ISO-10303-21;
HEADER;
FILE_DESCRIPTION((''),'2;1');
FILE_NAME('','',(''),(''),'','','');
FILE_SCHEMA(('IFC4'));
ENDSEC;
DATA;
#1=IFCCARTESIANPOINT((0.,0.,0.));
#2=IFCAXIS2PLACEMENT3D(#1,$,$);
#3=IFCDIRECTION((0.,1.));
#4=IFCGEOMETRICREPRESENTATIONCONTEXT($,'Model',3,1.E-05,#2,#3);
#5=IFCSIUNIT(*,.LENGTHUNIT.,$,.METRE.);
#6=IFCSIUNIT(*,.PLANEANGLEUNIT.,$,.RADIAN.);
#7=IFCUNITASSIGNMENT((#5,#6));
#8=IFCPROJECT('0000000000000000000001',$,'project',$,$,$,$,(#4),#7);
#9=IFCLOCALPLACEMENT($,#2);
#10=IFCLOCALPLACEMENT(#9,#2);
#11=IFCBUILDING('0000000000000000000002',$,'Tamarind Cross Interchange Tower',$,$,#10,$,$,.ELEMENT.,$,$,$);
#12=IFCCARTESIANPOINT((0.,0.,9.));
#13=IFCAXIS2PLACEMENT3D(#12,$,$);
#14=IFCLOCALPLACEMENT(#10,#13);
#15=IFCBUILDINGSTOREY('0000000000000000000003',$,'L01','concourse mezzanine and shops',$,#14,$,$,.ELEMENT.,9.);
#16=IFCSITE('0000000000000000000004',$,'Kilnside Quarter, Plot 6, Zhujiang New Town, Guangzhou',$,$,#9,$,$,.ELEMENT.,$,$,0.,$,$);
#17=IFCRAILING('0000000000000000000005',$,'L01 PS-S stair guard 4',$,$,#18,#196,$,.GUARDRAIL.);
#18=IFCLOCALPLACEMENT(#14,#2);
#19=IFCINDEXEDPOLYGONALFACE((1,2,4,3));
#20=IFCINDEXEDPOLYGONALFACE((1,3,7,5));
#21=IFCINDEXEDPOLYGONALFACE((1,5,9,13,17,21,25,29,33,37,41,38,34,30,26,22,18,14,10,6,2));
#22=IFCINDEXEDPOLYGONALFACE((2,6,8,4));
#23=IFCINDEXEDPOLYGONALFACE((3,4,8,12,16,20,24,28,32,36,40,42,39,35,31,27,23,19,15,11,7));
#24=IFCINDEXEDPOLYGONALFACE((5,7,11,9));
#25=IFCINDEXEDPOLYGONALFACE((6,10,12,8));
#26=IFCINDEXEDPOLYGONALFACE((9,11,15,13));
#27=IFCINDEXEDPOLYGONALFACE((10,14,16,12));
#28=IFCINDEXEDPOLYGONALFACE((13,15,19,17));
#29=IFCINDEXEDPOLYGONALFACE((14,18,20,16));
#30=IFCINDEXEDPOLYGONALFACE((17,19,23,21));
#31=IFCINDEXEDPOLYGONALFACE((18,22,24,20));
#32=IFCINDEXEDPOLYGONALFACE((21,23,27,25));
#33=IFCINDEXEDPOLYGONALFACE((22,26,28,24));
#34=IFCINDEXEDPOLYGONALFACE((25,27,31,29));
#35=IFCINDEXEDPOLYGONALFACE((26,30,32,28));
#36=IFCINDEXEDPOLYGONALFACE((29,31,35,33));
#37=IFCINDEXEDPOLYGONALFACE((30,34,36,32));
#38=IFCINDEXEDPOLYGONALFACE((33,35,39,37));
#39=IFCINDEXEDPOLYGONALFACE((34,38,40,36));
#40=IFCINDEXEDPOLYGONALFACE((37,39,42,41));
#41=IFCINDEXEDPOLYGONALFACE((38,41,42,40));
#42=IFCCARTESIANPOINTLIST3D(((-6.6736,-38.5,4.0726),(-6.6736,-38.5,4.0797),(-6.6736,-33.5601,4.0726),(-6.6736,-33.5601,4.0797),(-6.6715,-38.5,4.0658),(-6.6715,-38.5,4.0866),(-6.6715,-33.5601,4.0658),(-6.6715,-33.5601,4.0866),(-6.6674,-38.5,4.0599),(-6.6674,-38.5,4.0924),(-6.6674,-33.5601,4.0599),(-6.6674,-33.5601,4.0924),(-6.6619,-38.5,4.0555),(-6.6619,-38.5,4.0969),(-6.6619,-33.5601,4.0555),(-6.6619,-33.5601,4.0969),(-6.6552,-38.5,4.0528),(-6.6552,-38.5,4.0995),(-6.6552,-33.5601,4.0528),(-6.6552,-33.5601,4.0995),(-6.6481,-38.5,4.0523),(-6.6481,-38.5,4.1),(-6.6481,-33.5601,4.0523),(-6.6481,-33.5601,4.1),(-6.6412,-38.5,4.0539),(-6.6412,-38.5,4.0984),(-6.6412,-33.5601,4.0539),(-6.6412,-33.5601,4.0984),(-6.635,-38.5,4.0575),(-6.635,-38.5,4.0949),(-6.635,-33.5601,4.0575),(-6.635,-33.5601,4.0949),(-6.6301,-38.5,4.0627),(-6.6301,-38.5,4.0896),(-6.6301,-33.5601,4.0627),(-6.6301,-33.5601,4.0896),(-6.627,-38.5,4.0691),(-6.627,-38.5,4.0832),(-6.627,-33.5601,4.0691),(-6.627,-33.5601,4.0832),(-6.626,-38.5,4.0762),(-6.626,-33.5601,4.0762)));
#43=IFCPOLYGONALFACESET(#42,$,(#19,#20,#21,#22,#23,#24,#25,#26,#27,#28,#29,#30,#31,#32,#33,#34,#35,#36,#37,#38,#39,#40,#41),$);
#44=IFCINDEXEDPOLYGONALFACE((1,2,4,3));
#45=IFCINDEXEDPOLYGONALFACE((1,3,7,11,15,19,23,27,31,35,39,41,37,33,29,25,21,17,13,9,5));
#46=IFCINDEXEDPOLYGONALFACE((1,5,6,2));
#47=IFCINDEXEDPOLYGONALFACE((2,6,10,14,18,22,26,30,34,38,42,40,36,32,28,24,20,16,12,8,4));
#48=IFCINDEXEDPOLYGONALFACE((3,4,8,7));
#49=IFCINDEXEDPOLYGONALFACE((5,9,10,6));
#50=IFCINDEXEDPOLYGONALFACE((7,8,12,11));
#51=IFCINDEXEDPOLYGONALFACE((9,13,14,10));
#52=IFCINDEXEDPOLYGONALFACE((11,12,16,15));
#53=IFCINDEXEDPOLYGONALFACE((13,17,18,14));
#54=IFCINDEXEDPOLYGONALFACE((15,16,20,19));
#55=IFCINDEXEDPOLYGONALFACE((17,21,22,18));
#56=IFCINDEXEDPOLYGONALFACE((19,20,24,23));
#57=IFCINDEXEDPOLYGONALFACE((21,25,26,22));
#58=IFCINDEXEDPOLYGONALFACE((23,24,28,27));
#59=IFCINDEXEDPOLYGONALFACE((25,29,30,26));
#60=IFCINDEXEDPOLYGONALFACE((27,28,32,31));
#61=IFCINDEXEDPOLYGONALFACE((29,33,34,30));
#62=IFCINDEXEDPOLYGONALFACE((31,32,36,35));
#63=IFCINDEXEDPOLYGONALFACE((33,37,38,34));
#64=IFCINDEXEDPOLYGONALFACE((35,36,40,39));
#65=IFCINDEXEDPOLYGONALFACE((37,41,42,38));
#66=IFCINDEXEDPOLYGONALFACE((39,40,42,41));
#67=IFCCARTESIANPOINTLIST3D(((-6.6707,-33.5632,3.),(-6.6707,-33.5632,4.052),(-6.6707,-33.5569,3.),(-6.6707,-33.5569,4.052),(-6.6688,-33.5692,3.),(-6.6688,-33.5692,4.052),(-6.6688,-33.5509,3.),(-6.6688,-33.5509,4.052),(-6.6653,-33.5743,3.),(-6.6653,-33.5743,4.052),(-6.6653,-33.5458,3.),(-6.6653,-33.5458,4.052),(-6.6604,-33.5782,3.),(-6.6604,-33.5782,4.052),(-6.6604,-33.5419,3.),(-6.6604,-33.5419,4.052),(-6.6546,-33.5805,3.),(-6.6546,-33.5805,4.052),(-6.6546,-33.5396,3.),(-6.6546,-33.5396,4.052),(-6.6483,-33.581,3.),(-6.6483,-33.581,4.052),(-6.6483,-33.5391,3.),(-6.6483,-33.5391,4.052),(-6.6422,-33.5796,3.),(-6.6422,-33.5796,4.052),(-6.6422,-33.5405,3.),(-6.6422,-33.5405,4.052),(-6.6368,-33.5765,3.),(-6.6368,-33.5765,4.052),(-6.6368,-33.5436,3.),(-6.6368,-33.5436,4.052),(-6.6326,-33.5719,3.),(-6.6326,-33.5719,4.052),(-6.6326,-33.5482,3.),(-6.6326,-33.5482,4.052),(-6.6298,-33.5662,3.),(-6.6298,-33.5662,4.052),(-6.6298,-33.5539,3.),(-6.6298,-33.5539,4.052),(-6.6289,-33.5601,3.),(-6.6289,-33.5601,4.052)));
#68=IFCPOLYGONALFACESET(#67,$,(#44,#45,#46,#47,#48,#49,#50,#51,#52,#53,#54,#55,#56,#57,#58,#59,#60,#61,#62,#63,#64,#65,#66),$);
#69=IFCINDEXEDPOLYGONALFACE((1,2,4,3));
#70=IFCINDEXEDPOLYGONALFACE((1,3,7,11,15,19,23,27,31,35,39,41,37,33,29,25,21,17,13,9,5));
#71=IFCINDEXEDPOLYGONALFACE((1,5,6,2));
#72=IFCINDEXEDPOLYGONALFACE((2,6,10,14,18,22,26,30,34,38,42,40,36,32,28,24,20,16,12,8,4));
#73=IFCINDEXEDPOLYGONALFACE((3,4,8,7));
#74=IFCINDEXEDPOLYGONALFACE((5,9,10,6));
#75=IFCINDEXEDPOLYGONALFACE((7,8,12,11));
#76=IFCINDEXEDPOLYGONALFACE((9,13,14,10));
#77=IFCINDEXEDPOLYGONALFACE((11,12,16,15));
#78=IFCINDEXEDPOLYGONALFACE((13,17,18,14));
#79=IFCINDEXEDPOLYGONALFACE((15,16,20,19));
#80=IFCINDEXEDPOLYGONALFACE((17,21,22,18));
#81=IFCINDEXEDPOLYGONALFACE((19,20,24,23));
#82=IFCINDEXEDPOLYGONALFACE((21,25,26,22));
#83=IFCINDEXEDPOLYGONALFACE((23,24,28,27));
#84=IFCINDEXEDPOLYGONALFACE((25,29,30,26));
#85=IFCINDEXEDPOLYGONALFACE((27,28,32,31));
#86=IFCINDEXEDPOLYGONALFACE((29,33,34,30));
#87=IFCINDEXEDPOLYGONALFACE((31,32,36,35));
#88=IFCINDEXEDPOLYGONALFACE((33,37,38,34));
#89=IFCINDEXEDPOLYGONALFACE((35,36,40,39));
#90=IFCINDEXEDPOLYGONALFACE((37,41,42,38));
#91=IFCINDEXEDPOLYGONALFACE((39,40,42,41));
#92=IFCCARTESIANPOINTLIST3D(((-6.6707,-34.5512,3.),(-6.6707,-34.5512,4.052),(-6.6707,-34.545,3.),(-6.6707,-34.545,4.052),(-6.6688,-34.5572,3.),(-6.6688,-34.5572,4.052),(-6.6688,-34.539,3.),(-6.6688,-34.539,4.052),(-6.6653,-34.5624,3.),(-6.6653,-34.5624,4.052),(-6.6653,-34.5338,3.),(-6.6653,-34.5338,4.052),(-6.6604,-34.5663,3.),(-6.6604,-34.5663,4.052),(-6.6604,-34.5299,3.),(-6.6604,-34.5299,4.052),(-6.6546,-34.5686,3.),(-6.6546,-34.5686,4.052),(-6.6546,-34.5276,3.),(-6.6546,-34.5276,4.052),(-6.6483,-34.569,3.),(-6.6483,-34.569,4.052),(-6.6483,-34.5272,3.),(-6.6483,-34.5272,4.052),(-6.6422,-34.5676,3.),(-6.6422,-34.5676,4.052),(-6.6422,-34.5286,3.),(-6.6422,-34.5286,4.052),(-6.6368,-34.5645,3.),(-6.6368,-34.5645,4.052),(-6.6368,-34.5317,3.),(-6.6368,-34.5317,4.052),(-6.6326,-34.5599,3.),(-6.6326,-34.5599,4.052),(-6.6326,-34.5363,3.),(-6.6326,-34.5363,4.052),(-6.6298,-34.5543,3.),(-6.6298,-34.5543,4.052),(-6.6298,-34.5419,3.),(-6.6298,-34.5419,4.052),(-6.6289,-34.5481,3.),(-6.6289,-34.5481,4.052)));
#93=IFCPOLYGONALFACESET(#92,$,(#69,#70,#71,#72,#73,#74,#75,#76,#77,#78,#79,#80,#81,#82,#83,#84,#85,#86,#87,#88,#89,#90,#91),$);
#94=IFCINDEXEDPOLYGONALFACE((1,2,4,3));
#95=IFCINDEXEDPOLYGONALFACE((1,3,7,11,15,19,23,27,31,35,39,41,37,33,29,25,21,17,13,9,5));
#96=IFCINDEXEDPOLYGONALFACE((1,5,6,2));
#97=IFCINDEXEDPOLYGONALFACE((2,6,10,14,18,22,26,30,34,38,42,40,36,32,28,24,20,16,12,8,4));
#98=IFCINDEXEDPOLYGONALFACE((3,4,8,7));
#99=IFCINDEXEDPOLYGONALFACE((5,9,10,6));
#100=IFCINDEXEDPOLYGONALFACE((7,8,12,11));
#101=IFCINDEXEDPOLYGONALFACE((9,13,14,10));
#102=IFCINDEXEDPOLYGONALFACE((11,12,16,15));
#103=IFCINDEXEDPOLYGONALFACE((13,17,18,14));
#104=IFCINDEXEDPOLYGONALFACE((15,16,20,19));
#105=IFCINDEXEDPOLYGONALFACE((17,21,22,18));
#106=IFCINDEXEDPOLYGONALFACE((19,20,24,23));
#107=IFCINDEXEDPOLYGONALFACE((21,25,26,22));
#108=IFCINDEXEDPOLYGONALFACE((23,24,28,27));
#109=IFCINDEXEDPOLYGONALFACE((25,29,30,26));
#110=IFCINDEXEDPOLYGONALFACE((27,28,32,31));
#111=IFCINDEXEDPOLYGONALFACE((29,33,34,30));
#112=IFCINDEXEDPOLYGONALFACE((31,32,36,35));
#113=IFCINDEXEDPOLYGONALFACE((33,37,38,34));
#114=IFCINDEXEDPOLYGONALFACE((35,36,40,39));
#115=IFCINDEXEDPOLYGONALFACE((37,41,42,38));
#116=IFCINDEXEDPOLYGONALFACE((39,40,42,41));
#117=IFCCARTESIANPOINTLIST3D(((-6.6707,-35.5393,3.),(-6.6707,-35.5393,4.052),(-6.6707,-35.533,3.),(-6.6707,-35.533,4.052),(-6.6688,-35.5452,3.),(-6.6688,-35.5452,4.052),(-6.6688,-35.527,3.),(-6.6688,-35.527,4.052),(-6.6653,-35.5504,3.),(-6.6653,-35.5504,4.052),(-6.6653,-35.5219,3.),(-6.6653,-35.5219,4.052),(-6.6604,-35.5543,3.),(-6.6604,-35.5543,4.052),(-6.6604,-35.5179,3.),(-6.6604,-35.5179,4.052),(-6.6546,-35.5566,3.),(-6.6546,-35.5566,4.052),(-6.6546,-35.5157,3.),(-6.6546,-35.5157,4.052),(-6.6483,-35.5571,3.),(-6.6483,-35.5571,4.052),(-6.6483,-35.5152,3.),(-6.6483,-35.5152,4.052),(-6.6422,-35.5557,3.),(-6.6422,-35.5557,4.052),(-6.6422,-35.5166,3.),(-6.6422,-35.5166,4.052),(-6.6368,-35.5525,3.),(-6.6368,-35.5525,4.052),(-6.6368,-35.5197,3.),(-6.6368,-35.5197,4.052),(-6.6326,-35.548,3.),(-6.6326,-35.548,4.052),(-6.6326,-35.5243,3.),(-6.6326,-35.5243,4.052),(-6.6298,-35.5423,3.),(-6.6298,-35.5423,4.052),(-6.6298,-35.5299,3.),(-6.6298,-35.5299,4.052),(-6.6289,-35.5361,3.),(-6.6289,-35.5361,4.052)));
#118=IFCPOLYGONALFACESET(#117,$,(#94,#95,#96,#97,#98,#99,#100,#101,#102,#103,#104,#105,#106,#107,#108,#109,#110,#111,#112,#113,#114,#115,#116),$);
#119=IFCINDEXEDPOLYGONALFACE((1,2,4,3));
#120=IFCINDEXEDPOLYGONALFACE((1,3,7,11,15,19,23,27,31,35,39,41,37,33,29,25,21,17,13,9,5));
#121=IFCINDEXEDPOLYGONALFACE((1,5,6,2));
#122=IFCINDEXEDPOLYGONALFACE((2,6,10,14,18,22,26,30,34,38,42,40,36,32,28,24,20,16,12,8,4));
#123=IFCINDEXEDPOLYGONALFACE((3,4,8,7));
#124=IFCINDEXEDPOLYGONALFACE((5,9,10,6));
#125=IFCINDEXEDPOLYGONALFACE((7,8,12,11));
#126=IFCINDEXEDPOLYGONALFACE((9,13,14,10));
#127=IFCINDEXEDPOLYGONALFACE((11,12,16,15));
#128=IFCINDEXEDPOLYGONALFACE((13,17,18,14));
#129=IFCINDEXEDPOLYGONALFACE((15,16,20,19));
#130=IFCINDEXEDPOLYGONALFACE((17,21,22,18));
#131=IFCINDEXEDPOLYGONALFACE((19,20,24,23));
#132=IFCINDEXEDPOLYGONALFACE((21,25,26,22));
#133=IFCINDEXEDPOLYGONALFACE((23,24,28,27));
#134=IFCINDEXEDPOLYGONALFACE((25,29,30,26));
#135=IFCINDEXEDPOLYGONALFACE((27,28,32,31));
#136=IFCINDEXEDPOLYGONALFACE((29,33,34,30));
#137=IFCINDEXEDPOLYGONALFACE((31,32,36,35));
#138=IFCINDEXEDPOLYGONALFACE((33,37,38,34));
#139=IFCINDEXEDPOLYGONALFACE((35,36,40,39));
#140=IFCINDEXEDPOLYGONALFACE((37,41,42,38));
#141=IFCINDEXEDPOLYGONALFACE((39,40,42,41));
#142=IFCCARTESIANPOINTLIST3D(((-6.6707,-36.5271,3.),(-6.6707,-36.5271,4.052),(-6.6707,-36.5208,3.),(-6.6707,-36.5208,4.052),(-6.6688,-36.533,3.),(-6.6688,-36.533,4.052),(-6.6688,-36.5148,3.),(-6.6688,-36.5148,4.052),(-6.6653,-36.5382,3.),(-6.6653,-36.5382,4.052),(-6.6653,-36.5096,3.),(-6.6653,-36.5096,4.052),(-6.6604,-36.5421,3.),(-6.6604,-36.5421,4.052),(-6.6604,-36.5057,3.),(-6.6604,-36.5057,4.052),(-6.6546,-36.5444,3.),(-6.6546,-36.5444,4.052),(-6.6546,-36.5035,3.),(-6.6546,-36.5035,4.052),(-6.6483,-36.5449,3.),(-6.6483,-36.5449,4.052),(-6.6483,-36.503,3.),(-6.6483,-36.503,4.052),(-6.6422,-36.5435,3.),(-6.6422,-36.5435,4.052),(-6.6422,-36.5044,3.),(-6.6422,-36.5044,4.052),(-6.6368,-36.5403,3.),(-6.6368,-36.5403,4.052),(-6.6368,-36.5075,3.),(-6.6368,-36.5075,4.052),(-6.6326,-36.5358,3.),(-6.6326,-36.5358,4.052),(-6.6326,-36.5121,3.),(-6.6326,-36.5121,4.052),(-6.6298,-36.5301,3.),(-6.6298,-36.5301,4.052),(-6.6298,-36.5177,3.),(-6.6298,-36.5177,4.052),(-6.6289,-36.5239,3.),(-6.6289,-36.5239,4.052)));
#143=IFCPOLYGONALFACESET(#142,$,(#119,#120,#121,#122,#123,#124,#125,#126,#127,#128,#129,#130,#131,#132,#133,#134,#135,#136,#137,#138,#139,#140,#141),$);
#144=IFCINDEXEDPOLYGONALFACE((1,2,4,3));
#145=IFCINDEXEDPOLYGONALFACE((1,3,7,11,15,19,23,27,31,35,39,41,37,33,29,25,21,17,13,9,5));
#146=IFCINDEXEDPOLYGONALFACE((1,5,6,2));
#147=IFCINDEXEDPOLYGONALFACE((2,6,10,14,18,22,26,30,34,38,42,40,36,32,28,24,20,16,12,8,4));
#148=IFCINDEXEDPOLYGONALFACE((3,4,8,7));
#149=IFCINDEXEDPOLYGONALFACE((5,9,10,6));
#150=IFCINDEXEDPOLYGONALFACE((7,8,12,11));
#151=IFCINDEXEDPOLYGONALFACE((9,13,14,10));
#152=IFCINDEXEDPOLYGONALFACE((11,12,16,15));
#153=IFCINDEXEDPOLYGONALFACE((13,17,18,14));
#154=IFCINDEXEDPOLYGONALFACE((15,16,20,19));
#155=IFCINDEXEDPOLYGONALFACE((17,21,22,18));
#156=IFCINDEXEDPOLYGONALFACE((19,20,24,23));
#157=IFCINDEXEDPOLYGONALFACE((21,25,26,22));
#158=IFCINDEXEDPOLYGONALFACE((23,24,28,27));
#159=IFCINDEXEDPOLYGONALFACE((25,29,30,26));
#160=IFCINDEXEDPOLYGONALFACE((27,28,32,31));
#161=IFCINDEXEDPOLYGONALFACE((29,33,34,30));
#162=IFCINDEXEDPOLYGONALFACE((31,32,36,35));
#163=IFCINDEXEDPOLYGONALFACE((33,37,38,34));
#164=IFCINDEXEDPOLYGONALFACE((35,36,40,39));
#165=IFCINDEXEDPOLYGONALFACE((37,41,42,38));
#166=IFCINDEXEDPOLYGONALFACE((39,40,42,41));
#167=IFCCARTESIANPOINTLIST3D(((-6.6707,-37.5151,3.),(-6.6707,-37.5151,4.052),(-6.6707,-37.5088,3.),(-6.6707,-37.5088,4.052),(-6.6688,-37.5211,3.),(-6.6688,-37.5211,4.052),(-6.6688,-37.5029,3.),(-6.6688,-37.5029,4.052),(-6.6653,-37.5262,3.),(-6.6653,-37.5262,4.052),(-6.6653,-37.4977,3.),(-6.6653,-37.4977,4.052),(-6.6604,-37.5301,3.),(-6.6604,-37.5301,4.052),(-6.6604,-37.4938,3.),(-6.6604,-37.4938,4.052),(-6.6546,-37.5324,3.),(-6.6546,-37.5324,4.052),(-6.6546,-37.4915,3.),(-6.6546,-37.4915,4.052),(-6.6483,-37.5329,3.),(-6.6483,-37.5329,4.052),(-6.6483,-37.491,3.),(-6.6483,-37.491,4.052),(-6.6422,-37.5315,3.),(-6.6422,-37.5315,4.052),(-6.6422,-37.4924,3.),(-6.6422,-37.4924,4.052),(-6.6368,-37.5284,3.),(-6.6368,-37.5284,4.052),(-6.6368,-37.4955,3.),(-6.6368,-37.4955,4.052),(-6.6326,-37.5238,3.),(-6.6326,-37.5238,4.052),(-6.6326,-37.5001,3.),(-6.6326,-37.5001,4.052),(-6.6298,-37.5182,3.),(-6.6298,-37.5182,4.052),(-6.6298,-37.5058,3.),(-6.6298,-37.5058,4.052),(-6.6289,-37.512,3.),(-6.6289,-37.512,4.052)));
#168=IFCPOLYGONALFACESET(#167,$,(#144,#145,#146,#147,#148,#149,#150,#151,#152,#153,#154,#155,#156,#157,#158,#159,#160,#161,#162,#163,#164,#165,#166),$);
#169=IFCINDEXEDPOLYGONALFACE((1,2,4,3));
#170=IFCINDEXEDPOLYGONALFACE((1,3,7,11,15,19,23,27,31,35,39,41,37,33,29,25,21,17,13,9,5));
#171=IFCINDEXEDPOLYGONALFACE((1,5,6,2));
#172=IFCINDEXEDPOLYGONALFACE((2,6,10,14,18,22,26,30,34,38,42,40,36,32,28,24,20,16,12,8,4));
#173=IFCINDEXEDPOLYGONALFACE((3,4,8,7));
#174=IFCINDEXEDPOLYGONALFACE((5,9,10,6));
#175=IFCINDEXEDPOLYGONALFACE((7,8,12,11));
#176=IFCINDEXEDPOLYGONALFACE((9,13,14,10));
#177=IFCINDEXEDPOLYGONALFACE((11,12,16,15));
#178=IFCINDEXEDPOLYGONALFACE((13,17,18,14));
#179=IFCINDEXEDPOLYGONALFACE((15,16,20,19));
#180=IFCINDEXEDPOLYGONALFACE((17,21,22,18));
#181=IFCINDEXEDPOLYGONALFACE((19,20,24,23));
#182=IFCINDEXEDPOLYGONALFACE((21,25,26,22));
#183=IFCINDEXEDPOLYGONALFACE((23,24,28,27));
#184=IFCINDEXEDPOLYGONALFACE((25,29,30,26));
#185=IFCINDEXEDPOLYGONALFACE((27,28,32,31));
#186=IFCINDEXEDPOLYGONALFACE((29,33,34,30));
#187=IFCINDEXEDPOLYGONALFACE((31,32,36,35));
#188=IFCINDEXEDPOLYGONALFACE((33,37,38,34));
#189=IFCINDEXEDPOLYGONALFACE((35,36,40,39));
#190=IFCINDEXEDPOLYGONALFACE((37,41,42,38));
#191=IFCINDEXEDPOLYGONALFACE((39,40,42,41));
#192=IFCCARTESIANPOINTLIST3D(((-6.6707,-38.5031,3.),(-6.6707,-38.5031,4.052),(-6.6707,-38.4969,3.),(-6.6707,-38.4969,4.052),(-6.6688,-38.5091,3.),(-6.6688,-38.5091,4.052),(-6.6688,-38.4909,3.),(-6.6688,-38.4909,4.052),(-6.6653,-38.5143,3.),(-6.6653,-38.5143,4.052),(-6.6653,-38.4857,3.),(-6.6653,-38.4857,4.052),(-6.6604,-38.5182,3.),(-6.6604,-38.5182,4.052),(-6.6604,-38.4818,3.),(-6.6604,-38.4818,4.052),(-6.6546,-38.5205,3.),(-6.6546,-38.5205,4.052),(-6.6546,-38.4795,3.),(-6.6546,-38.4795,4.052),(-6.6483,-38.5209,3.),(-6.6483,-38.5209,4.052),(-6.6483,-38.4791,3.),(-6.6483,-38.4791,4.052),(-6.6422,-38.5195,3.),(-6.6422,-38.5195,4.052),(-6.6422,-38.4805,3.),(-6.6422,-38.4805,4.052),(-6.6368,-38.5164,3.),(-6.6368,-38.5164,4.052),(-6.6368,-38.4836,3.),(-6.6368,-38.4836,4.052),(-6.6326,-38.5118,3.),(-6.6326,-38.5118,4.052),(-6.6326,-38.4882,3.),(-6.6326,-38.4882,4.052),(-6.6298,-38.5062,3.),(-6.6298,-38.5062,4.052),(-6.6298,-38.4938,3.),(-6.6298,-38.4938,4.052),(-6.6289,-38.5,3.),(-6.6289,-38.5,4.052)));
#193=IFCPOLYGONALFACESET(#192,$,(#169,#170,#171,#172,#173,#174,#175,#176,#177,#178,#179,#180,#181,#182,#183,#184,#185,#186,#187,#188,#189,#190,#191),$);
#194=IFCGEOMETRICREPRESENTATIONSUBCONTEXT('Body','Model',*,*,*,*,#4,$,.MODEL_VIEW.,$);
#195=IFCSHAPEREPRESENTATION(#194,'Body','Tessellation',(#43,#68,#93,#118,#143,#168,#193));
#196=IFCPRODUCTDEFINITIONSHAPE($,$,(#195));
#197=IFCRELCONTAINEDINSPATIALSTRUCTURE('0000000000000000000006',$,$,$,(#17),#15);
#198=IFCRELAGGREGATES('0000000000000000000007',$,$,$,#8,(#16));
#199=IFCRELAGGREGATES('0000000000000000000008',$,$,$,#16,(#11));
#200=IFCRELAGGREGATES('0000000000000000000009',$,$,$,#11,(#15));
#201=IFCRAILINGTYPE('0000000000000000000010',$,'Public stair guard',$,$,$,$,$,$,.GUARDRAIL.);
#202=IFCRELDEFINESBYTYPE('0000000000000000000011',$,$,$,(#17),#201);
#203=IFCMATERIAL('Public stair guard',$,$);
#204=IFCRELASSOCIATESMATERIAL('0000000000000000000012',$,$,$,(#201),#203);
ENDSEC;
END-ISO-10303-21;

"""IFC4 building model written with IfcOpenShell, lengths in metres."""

from ifc_helpers import new_model, si_unit, direction, frame, origin, origin_2d, place, context, subcontext, project, spatial, circle, extrude, material, type_object, element, save


model = new_model("IFC4")

# Units and contexts
model_context = context("Model", 3, precision=1e-05, world=origin(), true_north=direction((0.0, 1.0)))
body_context = subcontext(model_context, "Body", "Model", "MODEL_VIEW")
ifc_project = project(units=[si_unit("LENGTHUNIT", "METRE"), si_unit("PLANEANGLEUNIT", "RADIAN")], contexts=[model_context])

# Site, building, storey
site_placement = place(None, origin())
site = spatial("IfcSite", under=ifc_project, at=site_placement, Name="Kilnside Quarter, Plot 6, Zhujiang New Town, Guangzhou", CompositionType="ELEMENT", RefElevation=0.0)
building_placement = place(site_placement, origin())
building = spatial("IfcBuilding", under=site, at=building_placement, Name="Tamarind Cross Interchange Tower", CompositionType="ELEMENT")
storey_placement = place(building_placement, frame((0.0, 0.0, 9.0)))
storey = spatial("IfcBuildingStorey", under=building, at=storey_placement, Name="L01", Description="concourse mezzanine and shops", CompositionType="ELEMENT", Elevation=9.0)

# Railing
ifc_material_1 = material(Name="Public stair guard")
railing_type_1 = type_object("IfcRailingType", Name="Public stair guard", PredefinedType="GUARDRAIL", material=ifc_material_1)
railing_1_placement = place(storey_placement, frame((-6.6499, -33.5601, 3.0)))
element("IfcRailing", 1, at=railing_1_placement, inside=storey, type_object=railing_type_1, Name="L01 PS-S stair guard 4", PredefinedType="GUARDRAIL", context=body_context, shape_type="SweptSolid", body=[
    extrude(circle(Radius=0.0239, at=origin_2d()), frame((0.0, 0.0, 1.0762), z_axis=(0.0, -1.0, 0.0), x_axis=(1.0, 0.0, 0.0)), (0.0, 0.0, 1.0), 4.9399),
    extrude(circle(Radius=0.021, at=origin_2d()), origin(), (0.0, 0.0, 1.0), 1.052),
    extrude(circle(Radius=0.021, at=origin_2d()), frame((0.0, -0.988, 0.0)), (0.0, 0.0, 1.0), 1.052),
    extrude(circle(Radius=0.021, at=origin_2d()), frame((0.0, -1.9761, 0.0)), (0.0, 0.0, 1.0), 1.052),
    extrude(circle(Radius=0.021, at=origin_2d()), frame((0.0, -2.9639, 0.0)), (0.0, 0.0, 1.0), 1.052),
    extrude(circle(Radius=0.021, at=origin_2d()), frame((0.0, -3.9519, 0.0)), (0.0, 0.0, 1.0), 1.052),
    extrude(circle(Radius=0.021, at=origin_2d()), frame((0.0, -4.9399, 0.0)), (0.0, 0.0, 1.0), 1.052),
])

save(model, "model.ifc")
